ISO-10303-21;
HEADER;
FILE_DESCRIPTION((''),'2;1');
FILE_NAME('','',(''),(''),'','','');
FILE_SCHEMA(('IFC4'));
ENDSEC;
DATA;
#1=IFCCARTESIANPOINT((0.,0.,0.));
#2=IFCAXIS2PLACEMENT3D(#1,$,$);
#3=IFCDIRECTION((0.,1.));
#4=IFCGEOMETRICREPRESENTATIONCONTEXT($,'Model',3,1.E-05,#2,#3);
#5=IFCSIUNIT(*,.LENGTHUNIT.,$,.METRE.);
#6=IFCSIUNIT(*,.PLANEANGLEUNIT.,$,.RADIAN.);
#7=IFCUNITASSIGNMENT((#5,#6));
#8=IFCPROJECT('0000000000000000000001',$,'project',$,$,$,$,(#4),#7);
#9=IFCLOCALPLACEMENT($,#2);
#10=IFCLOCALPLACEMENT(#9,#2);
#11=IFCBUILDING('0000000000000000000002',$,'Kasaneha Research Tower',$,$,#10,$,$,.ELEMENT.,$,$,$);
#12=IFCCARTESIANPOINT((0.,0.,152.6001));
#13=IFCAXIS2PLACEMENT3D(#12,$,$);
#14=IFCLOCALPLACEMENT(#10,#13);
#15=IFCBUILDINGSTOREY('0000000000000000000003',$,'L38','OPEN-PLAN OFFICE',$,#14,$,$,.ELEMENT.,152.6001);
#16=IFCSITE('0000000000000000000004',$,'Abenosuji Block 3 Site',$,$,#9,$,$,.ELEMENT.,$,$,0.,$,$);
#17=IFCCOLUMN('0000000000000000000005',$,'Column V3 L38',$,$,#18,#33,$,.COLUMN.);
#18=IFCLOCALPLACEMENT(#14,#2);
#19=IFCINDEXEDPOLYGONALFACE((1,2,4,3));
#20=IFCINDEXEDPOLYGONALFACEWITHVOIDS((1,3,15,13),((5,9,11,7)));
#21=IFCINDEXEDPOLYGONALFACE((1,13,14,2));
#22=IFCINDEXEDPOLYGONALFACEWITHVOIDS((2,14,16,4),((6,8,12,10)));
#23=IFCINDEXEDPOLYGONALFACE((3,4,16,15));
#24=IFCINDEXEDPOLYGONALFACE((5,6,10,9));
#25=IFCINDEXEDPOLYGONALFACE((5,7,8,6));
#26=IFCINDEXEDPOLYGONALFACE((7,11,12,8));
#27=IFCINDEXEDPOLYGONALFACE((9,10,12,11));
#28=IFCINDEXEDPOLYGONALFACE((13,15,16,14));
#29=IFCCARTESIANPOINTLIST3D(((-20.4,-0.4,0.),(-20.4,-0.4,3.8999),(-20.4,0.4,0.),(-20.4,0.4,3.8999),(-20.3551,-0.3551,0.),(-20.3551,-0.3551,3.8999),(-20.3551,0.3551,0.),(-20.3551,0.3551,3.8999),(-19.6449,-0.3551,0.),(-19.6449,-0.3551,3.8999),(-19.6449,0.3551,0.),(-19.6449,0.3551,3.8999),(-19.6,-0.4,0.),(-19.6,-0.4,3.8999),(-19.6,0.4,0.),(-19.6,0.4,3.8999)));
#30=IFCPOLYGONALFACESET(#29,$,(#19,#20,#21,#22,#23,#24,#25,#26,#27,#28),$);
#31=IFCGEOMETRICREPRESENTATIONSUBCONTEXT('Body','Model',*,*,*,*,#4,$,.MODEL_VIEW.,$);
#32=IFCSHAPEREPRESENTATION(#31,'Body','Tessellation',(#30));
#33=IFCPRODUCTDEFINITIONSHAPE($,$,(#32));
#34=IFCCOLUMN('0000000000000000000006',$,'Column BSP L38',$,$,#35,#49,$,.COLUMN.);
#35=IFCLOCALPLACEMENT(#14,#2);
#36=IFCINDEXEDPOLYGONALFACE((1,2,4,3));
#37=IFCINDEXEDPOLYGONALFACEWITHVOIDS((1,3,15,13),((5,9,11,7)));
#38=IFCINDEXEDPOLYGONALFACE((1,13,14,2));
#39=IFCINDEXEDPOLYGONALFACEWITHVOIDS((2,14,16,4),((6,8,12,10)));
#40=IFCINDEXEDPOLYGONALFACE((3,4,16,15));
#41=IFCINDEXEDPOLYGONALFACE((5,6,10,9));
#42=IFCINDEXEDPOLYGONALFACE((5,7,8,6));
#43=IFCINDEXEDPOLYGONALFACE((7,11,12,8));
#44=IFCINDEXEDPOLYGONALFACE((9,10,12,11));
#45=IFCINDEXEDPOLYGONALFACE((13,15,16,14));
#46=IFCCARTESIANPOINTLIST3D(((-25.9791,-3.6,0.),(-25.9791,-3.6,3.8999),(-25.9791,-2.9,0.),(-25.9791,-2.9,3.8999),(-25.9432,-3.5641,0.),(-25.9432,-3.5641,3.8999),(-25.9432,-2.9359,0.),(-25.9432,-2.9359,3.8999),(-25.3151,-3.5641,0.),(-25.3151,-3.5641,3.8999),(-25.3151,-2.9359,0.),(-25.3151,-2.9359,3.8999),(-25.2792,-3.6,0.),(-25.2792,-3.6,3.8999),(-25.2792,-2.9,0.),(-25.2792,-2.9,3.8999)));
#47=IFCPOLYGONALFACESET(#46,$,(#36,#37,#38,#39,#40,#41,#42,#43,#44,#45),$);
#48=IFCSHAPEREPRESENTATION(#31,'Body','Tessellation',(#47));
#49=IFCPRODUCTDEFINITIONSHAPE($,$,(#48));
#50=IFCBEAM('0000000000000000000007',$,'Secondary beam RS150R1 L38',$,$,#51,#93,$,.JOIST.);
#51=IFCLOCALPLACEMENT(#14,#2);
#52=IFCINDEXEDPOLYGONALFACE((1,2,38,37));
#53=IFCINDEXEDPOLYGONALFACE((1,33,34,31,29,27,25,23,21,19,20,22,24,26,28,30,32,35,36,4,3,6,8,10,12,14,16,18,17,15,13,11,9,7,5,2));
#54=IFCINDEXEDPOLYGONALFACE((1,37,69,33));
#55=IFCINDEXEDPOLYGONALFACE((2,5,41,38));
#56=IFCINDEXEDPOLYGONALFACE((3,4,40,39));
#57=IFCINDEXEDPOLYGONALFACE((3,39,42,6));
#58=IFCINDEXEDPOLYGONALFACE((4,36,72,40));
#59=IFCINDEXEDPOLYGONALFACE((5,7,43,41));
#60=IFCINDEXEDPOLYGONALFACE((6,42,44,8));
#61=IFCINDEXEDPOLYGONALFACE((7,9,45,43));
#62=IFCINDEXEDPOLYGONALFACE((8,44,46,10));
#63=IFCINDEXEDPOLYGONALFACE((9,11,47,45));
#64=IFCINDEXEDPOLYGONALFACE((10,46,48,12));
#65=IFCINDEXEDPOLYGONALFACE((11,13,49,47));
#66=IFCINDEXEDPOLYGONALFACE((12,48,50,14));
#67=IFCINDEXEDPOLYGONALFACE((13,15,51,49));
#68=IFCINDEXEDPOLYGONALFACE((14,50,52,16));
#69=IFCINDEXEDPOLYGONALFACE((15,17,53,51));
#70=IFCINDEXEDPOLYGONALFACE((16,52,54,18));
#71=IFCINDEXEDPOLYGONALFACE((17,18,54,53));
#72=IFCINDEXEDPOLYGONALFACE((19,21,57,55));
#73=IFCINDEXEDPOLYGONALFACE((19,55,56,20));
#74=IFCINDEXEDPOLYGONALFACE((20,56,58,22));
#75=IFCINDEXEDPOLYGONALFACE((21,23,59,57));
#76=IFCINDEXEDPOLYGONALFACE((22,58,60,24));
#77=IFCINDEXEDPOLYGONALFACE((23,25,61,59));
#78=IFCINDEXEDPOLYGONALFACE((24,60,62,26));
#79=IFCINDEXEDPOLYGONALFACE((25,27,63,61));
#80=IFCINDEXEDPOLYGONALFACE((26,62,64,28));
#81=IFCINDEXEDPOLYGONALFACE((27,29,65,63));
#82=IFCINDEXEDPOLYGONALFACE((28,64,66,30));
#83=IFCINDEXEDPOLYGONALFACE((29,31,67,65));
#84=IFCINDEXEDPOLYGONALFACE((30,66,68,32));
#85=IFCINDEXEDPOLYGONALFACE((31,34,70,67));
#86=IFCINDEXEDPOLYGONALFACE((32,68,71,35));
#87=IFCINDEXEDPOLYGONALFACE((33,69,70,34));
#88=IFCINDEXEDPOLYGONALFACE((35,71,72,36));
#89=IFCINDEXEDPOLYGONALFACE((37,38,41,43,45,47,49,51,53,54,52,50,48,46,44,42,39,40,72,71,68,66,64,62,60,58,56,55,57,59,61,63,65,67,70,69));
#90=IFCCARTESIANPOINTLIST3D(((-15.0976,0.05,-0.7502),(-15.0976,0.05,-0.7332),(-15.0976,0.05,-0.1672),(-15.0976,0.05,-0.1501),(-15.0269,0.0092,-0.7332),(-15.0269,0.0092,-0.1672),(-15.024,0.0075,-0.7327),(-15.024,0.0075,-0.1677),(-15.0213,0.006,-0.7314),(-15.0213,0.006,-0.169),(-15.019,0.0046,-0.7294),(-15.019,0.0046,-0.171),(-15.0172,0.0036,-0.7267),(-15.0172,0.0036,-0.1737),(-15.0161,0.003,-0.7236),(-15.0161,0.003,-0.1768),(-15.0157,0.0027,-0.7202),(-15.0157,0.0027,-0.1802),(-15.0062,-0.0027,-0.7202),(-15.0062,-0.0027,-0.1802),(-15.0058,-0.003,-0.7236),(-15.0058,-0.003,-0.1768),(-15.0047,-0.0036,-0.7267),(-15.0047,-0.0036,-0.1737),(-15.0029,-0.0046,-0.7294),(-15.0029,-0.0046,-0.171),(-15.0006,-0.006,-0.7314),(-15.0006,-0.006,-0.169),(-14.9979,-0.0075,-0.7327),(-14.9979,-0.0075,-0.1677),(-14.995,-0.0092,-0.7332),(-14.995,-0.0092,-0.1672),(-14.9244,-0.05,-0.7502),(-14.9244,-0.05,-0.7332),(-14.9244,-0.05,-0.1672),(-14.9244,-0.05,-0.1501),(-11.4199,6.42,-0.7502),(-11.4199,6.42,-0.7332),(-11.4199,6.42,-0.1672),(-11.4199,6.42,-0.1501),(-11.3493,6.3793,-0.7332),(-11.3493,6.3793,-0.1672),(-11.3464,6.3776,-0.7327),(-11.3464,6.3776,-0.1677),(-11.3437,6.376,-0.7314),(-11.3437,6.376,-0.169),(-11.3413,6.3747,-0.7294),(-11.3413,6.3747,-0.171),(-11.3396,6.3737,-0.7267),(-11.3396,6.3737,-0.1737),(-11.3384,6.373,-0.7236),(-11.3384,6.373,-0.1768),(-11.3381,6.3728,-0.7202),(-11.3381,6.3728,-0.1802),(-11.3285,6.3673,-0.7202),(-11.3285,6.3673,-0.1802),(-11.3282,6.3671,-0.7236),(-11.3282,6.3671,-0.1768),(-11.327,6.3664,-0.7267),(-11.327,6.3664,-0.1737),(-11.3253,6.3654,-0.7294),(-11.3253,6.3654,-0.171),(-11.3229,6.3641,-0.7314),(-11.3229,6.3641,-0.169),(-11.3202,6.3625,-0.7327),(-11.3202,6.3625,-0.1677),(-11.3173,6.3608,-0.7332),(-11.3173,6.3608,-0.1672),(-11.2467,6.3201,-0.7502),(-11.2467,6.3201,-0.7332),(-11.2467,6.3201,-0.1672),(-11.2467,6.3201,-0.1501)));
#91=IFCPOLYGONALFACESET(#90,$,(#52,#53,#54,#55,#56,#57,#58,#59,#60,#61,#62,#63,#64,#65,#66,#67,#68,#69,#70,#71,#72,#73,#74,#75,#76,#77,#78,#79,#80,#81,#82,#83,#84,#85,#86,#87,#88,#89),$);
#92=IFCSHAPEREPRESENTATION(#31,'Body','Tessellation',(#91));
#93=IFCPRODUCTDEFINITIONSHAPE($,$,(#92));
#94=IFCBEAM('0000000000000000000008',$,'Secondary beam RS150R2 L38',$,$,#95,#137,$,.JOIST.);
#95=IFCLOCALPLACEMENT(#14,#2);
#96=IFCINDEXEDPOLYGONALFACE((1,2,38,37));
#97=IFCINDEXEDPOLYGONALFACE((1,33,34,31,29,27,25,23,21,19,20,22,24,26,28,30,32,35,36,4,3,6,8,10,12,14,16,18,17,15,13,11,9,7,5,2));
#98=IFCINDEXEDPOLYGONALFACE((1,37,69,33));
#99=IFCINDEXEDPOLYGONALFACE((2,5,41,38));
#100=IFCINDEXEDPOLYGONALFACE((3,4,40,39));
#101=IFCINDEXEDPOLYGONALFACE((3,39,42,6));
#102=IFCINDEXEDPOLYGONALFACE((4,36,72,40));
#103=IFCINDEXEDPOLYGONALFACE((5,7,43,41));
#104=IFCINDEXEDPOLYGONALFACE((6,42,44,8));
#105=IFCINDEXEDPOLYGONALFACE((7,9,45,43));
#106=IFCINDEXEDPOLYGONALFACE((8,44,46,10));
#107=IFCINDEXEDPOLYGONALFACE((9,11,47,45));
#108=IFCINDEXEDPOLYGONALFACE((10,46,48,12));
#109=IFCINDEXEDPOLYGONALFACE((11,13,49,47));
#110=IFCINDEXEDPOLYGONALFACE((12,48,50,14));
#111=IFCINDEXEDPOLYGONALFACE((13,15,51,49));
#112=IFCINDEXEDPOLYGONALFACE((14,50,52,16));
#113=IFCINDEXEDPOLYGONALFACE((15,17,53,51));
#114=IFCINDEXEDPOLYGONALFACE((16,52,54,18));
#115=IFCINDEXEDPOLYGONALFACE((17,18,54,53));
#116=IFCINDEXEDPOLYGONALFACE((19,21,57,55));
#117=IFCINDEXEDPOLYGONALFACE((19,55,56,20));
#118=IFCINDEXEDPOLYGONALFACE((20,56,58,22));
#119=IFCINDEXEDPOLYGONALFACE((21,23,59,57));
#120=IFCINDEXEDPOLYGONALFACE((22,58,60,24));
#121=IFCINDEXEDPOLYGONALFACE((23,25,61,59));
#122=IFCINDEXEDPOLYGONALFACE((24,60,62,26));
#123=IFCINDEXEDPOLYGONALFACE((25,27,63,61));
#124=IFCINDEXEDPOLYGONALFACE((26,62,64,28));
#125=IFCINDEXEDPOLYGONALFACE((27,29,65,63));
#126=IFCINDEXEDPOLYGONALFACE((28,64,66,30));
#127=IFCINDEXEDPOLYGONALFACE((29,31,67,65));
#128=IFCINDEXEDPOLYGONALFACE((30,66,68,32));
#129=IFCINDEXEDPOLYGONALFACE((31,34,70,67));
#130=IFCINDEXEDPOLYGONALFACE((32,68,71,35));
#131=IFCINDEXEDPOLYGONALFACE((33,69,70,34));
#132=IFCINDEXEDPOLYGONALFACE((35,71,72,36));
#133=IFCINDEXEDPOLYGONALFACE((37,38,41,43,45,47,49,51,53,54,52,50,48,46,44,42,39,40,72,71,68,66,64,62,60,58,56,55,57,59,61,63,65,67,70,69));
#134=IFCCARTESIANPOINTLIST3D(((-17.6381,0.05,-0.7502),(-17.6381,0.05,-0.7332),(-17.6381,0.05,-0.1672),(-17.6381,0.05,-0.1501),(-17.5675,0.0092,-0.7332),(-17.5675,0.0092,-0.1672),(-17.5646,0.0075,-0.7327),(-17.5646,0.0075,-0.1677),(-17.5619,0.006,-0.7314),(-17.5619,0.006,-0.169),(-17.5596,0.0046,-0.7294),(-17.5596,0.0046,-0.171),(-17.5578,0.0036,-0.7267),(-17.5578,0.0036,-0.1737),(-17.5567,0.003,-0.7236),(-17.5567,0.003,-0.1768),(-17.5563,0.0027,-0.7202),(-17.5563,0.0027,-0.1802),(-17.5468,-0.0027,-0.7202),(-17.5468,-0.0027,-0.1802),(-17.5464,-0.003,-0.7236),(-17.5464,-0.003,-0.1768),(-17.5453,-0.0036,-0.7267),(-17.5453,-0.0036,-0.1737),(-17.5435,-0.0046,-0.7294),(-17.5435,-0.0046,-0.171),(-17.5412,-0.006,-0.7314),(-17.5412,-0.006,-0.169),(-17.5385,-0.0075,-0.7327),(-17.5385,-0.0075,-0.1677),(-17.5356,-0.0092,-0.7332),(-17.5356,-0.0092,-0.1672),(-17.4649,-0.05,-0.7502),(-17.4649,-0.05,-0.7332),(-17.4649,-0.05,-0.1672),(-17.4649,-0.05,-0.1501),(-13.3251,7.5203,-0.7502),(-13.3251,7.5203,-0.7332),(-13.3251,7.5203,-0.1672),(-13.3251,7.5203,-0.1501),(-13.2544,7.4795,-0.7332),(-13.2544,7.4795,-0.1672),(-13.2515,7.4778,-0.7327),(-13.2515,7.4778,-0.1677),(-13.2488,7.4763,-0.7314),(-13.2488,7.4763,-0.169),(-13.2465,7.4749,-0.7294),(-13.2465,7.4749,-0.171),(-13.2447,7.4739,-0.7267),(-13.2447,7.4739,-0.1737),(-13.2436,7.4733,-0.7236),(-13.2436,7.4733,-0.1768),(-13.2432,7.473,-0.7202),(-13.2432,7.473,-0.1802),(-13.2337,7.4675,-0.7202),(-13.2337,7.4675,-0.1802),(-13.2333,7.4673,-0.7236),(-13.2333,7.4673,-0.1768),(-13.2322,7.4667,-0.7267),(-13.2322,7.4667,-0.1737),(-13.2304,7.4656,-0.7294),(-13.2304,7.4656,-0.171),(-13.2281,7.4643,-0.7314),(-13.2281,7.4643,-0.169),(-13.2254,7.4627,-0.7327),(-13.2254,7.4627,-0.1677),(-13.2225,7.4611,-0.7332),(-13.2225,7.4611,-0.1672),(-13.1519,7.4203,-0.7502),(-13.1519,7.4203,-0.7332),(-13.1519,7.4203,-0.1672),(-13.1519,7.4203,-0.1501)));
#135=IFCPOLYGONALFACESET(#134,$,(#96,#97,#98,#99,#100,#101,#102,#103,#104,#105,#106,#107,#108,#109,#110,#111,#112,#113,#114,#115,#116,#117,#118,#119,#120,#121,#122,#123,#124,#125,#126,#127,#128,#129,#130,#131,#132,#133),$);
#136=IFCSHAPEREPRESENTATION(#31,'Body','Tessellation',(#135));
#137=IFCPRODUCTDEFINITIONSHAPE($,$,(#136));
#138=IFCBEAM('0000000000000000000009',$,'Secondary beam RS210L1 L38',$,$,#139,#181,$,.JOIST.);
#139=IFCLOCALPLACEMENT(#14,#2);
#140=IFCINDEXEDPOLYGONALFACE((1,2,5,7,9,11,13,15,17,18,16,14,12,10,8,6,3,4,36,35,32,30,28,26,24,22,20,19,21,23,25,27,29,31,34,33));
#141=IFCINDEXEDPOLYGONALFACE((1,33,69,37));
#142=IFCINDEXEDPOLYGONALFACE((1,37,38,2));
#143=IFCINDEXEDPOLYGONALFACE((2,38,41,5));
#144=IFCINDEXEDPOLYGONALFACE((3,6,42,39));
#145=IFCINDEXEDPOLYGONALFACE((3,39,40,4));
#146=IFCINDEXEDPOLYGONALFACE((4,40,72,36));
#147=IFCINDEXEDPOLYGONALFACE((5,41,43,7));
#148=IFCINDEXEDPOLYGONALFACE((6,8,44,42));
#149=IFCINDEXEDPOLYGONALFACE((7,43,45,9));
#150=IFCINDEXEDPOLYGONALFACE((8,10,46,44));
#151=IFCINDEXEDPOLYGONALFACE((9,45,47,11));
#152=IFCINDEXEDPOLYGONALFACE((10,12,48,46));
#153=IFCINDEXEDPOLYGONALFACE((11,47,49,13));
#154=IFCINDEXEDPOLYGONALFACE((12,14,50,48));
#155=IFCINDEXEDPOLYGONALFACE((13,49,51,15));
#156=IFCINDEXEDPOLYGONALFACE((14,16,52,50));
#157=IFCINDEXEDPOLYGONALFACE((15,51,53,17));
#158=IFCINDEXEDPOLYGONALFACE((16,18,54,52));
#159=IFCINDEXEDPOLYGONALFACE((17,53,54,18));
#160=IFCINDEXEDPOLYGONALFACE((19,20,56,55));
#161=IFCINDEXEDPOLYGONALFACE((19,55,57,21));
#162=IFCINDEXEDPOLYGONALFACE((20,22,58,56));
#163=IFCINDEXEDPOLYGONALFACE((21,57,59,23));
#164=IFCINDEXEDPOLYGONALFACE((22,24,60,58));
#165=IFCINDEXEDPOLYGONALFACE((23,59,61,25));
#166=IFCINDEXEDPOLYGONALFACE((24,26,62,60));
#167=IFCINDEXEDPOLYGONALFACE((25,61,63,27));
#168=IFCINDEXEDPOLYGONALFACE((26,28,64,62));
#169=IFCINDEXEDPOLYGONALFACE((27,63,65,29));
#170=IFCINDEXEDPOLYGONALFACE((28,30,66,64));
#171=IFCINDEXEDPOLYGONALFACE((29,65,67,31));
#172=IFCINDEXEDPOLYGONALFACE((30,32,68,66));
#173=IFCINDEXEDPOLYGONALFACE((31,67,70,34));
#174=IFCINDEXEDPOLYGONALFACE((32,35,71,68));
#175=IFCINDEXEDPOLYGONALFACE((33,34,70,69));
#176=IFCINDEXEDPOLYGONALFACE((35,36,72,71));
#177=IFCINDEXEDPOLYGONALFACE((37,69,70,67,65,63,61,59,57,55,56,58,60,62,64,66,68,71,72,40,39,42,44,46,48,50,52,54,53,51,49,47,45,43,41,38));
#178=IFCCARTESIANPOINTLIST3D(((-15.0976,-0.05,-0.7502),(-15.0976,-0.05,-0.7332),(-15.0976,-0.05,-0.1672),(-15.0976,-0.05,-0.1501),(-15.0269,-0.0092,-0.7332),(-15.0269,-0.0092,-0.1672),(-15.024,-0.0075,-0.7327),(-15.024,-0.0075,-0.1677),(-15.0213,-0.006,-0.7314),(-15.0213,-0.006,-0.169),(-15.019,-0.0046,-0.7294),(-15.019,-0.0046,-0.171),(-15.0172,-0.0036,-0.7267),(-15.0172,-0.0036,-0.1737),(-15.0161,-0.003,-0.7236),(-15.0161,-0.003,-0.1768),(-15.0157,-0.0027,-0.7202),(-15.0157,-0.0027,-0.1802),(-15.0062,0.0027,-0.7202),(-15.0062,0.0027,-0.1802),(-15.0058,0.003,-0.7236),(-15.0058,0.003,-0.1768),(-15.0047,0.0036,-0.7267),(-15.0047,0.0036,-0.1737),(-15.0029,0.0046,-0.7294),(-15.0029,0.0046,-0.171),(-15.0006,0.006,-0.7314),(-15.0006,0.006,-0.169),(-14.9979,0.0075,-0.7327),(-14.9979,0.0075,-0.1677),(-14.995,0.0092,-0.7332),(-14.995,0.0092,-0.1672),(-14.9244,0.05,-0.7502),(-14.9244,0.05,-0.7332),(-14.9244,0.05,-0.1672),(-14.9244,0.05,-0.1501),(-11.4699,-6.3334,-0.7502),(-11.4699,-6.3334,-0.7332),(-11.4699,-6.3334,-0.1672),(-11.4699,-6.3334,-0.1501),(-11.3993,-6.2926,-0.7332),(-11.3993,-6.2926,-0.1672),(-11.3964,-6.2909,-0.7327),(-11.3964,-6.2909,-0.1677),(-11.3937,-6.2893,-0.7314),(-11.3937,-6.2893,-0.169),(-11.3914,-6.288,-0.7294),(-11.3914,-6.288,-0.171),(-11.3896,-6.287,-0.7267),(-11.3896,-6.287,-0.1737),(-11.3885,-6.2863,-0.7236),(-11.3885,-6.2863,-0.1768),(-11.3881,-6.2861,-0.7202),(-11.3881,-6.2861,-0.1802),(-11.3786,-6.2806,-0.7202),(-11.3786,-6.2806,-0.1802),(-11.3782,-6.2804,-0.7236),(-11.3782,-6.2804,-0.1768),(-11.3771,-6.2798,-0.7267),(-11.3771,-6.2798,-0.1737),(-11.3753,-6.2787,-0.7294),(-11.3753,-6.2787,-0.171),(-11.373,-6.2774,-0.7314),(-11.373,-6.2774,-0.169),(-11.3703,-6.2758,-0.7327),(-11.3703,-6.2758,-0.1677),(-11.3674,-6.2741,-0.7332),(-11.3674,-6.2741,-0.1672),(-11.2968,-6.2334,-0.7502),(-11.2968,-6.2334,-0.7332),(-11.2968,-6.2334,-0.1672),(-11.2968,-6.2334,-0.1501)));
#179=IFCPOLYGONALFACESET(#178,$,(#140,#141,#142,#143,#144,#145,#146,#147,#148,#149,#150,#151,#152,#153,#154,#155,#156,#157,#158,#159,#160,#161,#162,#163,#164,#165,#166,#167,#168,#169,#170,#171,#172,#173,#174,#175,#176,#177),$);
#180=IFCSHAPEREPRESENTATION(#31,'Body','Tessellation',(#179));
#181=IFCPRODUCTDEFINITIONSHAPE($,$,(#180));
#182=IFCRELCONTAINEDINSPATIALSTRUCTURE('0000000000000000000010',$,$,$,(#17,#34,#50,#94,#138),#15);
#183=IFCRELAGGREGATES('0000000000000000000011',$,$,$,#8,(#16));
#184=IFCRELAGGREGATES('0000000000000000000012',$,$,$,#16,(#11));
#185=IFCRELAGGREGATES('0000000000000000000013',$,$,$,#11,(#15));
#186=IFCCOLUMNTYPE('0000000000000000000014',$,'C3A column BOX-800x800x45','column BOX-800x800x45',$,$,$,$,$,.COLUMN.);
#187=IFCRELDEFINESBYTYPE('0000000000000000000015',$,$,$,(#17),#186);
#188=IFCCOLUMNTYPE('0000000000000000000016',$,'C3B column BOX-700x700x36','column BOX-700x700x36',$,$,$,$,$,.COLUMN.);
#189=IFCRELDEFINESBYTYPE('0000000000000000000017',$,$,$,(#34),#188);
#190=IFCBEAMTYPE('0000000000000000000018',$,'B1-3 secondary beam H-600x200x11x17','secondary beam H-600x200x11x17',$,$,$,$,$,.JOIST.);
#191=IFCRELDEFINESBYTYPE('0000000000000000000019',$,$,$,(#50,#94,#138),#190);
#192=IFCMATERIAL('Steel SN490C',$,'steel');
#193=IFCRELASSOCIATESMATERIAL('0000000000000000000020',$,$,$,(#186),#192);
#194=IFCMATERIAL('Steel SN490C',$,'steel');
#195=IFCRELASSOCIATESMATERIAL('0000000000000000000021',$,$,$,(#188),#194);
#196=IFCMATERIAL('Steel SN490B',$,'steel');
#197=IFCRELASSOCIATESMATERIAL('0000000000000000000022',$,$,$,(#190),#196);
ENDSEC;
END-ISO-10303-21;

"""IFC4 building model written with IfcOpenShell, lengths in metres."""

from ifc_helpers import new_model, si_unit, direction, frame, origin, origin_2d, place, context, subcontext, project, spatial, hollow_rectangle, i_section, extrude, material, material_profile, profile_set, type_object, element, save


model = new_model("IFC4")

# Units and contexts
model_context = context("Model", 3, precision=1e-05, world=origin(), true_north=direction((0.0, 1.0)))
body_context = subcontext(model_context, "Body", "Model", "MODEL_VIEW")
ifc_project = project(units=[si_unit("LENGTHUNIT", "METRE"), si_unit("PLANEANGLEUNIT", "RADIAN")], contexts=[model_context])

# Site, building, storey
site_placement = place(None, origin())
site = spatial("IfcSite", under=ifc_project, at=site_placement, Name="Abenosuji Block 3 Site", CompositionType="ELEMENT", RefElevation=0.0)
building_placement = place(site_placement, origin())
building = spatial("IfcBuilding", under=site, at=building_placement, Name="Kasaneha Research Tower", CompositionType="ELEMENT")
storey_placement = place(building_placement, frame((0.0, 0.0, 152.6001)))
storey = spatial("IfcBuildingStorey", under=building, at=storey_placement, Name="L38", Description="OPEN-PLAN OFFICE", CompositionType="ELEMENT", Elevation=152.6001)

# Columns
ifc_material_1 = material(Name="Steel SN490C", Category="steel")
ifc_material_profile_1 = material_profile(ifc_material_1, hollow_rectangle(XDim=0.8, YDim=0.8, WallThickness=0.0449, at=origin_2d()), Name="BOX-800x800x45")
ifc_profile_set_1 = profile_set([ifc_material_profile_1], Name="Steel SN490C")
column_type_1 = type_object("IfcColumnType", Name="C3A column BOX-800x800x45", Description="column BOX-800x800x45", PredefinedType="COLUMN", material=ifc_profile_set_1)
column_1_placement = place(storey_placement, frame((-20.0, 0.0, 0.0), z_axis=(0.0, 0.0, 1.0), x_axis=(1.0, 0.0, 0.0)))
element("IfcColumn", 1, at=column_1_placement, inside=storey, type_object=column_type_1, Name="Column V3 L38", PredefinedType="COLUMN", context=body_context, shape_type="SweptSolid", body=[
    extrude(hollow_rectangle(XDim=0.8, YDim=0.8, WallThickness=0.0449, at=origin_2d()), origin(), (0.0, 0.0, 1.0), 3.8999),
])
ifc_material_2 = material(Name="Steel SN490C", Category="steel")
ifc_material_profile_2 = material_profile(ifc_material_2, hollow_rectangle(XDim=0.7, YDim=0.7, WallThickness=0.0359, at=origin_2d()), Name="BOX-700x700x36")
ifc_profile_set_2 = profile_set([ifc_material_profile_2], Name="Steel SN490C")
column_type_2 = type_object("IfcColumnType", Name="C3B column BOX-700x700x36", Description="column BOX-700x700x36", PredefinedType="COLUMN", material=ifc_profile_set_2)
column_2_placement = place(storey_placement, frame((-25.6292, -3.25, 0.0), z_axis=(0.0, 0.0, 1.0), x_axis=(1.0, 0.0, 0.0)))
element("IfcColumn", 2, at=column_2_placement, inside=storey, type_object=column_type_2, Name="Column BSP L38", PredefinedType="COLUMN", context=body_context, shape_type="SweptSolid", body=[
    extrude(hollow_rectangle(XDim=0.7, YDim=0.7, WallThickness=0.0359, at=origin_2d()), origin(), (0.0, 0.0, 1.0), 3.8999),
])

# Beams
ifc_material_3 = material(Name="Steel SN490B", Category="steel")
ifc_material_profile_3 = material_profile(ifc_material_3, i_section(OverallWidth=0.2, OverallDepth=0.6001, WebThickness=0.011, FlangeThickness=0.0171, FilletRadius=0.0129, at=origin_2d()), Name="H-600x200x11x17")
ifc_profile_set_3 = profile_set([ifc_material_profile_3], Name="Steel SN490B")
beam_type_1 = type_object("IfcBeamType", Name="B1-3 secondary beam H-600x200x11x17", Description="secondary beam H-600x200x11x17", PredefinedType="JOIST", material=ifc_profile_set_3)
beam_1_placement = place(storey_placement, frame((-15.011, 0.0, -0.4502), z_axis=(0.499994, 0.866029, 0.0), x_axis=(-0.866029, 0.499994, 0.0)))
element("IfcBeam", 3, at=beam_1_placement, inside=storey, type_object=beam_type_1, Name="Secondary beam RS150R1 L38", PredefinedType="JOIST", context=body_context, shape_type="SweptSolid", body=[
    extrude(i_section(OverallWidth=0.2, OverallDepth=0.6001, WebThickness=0.011, FlangeThickness=0.0171, FilletRadius=0.0129, at=origin_2d()), origin(), (0.0, 0.0, 1.0), 7.3555),
])
beam_2_placement = place(storey_placement, frame((-17.5515, 0.0, -0.4502), z_axis=(0.500005, 0.866023, 0.0), x_axis=(-0.866023, 0.500005, 0.0)))
element("IfcBeam", 4, at=beam_2_placement, inside=storey, type_object=beam_type_1, Name="Secondary beam RS150R2 L38", PredefinedType="JOIST", context=body_context, shape_type="SweptSolid", body=[
    extrude(i_section(OverallWidth=0.2, OverallDepth=0.6001, WebThickness=0.011, FlangeThickness=0.0171, FilletRadius=0.0129, at=origin_2d()), origin(), (0.0, 0.0, 1.0), 8.626),
])
beam_3_placement = place(storey_placement, frame((-15.011, 0.0, -0.4502), z_axis=(0.499993, -0.866029, 0.0), x_axis=(0.866029, 0.499993, 0.0)))
element("IfcBeam", 5, at=beam_3_placement, inside=storey, type_object=beam_type_1, Name="Secondary beam RS210L1 L38", PredefinedType="JOIST", context=body_context, shape_type="SweptSolid", body=[
    extrude(i_section(OverallWidth=0.2, OverallDepth=0.6001, WebThickness=0.011, FlangeThickness=0.0171, FilletRadius=0.0129, at=origin_2d()), origin(), (0.0, 0.0, 1.0), 7.2554),
])

save(model, "model.ifc")
